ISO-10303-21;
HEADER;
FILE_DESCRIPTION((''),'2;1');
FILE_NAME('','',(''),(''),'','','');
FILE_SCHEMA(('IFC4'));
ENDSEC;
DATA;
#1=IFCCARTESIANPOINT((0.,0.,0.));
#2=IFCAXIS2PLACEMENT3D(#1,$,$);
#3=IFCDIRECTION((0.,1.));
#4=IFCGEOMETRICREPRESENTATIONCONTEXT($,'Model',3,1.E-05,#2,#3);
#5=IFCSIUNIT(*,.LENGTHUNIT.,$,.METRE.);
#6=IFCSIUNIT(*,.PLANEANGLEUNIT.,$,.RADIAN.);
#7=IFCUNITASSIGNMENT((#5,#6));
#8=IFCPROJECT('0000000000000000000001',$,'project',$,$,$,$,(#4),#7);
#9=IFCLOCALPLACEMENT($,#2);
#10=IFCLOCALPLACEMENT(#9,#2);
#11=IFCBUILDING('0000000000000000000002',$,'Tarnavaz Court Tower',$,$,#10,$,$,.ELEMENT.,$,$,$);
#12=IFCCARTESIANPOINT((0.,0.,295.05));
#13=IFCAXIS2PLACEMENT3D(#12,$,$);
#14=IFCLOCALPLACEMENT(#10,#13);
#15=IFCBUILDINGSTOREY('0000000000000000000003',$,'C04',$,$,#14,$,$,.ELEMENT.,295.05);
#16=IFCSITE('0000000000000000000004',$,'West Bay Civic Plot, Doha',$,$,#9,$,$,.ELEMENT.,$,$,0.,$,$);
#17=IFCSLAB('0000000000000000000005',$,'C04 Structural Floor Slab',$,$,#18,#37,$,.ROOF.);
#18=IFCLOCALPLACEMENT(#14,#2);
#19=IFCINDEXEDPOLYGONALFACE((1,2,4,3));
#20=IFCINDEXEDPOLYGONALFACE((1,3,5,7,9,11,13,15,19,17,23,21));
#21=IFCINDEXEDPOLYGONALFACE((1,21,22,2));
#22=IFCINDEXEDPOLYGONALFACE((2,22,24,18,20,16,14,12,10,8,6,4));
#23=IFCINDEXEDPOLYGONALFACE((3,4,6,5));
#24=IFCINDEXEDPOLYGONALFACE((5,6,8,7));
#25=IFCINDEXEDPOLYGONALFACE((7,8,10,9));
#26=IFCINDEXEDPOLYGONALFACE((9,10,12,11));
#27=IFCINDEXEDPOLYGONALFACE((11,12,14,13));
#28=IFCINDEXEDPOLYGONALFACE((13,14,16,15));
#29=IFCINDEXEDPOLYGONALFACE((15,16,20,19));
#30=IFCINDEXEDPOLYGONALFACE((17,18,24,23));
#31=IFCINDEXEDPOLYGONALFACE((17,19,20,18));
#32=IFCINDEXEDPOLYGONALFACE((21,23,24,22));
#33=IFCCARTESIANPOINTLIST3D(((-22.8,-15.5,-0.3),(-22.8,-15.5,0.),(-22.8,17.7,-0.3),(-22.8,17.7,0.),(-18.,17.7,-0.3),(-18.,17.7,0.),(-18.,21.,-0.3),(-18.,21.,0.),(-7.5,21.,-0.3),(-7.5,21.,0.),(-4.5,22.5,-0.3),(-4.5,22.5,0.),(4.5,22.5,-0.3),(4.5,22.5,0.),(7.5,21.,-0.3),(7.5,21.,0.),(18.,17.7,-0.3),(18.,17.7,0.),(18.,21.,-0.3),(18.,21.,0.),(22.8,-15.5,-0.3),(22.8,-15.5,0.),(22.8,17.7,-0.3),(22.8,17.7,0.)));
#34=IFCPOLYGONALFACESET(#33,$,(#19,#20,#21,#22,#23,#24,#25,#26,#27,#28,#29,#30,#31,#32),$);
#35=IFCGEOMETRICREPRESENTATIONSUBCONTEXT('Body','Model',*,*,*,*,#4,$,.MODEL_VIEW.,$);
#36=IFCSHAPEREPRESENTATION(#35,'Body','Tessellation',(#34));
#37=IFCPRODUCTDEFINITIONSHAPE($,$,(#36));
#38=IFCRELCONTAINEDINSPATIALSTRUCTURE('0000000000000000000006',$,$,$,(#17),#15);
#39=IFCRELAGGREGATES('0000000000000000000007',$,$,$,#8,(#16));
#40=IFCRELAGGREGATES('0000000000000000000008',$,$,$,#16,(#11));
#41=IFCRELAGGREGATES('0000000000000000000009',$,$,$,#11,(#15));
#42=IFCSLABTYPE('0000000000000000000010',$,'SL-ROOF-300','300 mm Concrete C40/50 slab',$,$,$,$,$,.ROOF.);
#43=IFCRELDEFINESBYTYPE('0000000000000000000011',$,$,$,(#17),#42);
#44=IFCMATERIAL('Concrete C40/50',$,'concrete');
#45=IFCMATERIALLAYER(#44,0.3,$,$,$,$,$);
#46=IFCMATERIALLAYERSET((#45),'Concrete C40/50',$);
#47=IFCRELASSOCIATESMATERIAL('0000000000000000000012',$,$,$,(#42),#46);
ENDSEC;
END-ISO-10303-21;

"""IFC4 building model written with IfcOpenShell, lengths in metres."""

from ifc_helpers import new_model, si_unit, direction, frame, origin, place, context, subcontext, project, spatial, polyline, outline, extrude, material, layer, layer_set, type_object, element, save


model = new_model("IFC4")

# Units and contexts
model_context = context("Model", 3, precision=1e-05, world=origin(), true_north=direction((0.0, 1.0)))
body_context = subcontext(model_context, "Body", "Model", "MODEL_VIEW")
ifc_project = project(units=[si_unit("LENGTHUNIT", "METRE"), si_unit("PLANEANGLEUNIT", "RADIAN")], contexts=[model_context])

# Site, building, storey
site_placement = place(None, origin())
site = spatial("IfcSite", under=ifc_project, at=site_placement, Name="West Bay Civic Plot, Doha", CompositionType="ELEMENT", RefElevation=0.0)
building_placement = place(site_placement, origin())
building = spatial("IfcBuilding", under=site, at=building_placement, Name="Tarnavaz Court Tower", CompositionType="ELEMENT")
storey_placement = place(building_placement, frame((0.0, 0.0, 295.05)))
storey = spatial("IfcBuildingStorey", under=building, at=storey_placement, Name="C04", CompositionType="ELEMENT", Elevation=295.05)

# Slab
ifc_material_1 = material(Name="Concrete C40/50", Category="concrete")
ifc_layer_1 = layer(ifc_material_1, 0.3)
ifc_layer_set_1 = layer_set([ifc_layer_1], Name="Concrete C40/50")
slab_type = type_object("IfcSlabType", Name="SL-ROOF-300", Description="300 mm Concrete C40/50 slab", PredefinedType="ROOF", material=ifc_layer_set_1)
slab_placement = place(storey_placement, frame((0.0, 0.0, -0.3)))
element("IfcSlab", 1, at=slab_placement, inside=storey, type_object=slab_type, Name="C04 Structural Floor Slab", PredefinedType="ROOF", context=body_context, shape_type="SweptSolid", body=[
    extrude(outline(polyline([(-22.8, 17.7), (-18.0, 17.7), (-18.0, 21.0), (-7.5, 21.0), (-4.5, 22.5), (4.5, 22.5), (7.5, 21.0), (18.0, 21.0), (18.0, 17.7), (22.8, 17.7), (22.8, -15.5), (-22.8, -15.5), (-22.8, 17.7)])), origin(), (0.0, 0.0, 1.0), 0.3),
])

save(model, "model.ifc")
